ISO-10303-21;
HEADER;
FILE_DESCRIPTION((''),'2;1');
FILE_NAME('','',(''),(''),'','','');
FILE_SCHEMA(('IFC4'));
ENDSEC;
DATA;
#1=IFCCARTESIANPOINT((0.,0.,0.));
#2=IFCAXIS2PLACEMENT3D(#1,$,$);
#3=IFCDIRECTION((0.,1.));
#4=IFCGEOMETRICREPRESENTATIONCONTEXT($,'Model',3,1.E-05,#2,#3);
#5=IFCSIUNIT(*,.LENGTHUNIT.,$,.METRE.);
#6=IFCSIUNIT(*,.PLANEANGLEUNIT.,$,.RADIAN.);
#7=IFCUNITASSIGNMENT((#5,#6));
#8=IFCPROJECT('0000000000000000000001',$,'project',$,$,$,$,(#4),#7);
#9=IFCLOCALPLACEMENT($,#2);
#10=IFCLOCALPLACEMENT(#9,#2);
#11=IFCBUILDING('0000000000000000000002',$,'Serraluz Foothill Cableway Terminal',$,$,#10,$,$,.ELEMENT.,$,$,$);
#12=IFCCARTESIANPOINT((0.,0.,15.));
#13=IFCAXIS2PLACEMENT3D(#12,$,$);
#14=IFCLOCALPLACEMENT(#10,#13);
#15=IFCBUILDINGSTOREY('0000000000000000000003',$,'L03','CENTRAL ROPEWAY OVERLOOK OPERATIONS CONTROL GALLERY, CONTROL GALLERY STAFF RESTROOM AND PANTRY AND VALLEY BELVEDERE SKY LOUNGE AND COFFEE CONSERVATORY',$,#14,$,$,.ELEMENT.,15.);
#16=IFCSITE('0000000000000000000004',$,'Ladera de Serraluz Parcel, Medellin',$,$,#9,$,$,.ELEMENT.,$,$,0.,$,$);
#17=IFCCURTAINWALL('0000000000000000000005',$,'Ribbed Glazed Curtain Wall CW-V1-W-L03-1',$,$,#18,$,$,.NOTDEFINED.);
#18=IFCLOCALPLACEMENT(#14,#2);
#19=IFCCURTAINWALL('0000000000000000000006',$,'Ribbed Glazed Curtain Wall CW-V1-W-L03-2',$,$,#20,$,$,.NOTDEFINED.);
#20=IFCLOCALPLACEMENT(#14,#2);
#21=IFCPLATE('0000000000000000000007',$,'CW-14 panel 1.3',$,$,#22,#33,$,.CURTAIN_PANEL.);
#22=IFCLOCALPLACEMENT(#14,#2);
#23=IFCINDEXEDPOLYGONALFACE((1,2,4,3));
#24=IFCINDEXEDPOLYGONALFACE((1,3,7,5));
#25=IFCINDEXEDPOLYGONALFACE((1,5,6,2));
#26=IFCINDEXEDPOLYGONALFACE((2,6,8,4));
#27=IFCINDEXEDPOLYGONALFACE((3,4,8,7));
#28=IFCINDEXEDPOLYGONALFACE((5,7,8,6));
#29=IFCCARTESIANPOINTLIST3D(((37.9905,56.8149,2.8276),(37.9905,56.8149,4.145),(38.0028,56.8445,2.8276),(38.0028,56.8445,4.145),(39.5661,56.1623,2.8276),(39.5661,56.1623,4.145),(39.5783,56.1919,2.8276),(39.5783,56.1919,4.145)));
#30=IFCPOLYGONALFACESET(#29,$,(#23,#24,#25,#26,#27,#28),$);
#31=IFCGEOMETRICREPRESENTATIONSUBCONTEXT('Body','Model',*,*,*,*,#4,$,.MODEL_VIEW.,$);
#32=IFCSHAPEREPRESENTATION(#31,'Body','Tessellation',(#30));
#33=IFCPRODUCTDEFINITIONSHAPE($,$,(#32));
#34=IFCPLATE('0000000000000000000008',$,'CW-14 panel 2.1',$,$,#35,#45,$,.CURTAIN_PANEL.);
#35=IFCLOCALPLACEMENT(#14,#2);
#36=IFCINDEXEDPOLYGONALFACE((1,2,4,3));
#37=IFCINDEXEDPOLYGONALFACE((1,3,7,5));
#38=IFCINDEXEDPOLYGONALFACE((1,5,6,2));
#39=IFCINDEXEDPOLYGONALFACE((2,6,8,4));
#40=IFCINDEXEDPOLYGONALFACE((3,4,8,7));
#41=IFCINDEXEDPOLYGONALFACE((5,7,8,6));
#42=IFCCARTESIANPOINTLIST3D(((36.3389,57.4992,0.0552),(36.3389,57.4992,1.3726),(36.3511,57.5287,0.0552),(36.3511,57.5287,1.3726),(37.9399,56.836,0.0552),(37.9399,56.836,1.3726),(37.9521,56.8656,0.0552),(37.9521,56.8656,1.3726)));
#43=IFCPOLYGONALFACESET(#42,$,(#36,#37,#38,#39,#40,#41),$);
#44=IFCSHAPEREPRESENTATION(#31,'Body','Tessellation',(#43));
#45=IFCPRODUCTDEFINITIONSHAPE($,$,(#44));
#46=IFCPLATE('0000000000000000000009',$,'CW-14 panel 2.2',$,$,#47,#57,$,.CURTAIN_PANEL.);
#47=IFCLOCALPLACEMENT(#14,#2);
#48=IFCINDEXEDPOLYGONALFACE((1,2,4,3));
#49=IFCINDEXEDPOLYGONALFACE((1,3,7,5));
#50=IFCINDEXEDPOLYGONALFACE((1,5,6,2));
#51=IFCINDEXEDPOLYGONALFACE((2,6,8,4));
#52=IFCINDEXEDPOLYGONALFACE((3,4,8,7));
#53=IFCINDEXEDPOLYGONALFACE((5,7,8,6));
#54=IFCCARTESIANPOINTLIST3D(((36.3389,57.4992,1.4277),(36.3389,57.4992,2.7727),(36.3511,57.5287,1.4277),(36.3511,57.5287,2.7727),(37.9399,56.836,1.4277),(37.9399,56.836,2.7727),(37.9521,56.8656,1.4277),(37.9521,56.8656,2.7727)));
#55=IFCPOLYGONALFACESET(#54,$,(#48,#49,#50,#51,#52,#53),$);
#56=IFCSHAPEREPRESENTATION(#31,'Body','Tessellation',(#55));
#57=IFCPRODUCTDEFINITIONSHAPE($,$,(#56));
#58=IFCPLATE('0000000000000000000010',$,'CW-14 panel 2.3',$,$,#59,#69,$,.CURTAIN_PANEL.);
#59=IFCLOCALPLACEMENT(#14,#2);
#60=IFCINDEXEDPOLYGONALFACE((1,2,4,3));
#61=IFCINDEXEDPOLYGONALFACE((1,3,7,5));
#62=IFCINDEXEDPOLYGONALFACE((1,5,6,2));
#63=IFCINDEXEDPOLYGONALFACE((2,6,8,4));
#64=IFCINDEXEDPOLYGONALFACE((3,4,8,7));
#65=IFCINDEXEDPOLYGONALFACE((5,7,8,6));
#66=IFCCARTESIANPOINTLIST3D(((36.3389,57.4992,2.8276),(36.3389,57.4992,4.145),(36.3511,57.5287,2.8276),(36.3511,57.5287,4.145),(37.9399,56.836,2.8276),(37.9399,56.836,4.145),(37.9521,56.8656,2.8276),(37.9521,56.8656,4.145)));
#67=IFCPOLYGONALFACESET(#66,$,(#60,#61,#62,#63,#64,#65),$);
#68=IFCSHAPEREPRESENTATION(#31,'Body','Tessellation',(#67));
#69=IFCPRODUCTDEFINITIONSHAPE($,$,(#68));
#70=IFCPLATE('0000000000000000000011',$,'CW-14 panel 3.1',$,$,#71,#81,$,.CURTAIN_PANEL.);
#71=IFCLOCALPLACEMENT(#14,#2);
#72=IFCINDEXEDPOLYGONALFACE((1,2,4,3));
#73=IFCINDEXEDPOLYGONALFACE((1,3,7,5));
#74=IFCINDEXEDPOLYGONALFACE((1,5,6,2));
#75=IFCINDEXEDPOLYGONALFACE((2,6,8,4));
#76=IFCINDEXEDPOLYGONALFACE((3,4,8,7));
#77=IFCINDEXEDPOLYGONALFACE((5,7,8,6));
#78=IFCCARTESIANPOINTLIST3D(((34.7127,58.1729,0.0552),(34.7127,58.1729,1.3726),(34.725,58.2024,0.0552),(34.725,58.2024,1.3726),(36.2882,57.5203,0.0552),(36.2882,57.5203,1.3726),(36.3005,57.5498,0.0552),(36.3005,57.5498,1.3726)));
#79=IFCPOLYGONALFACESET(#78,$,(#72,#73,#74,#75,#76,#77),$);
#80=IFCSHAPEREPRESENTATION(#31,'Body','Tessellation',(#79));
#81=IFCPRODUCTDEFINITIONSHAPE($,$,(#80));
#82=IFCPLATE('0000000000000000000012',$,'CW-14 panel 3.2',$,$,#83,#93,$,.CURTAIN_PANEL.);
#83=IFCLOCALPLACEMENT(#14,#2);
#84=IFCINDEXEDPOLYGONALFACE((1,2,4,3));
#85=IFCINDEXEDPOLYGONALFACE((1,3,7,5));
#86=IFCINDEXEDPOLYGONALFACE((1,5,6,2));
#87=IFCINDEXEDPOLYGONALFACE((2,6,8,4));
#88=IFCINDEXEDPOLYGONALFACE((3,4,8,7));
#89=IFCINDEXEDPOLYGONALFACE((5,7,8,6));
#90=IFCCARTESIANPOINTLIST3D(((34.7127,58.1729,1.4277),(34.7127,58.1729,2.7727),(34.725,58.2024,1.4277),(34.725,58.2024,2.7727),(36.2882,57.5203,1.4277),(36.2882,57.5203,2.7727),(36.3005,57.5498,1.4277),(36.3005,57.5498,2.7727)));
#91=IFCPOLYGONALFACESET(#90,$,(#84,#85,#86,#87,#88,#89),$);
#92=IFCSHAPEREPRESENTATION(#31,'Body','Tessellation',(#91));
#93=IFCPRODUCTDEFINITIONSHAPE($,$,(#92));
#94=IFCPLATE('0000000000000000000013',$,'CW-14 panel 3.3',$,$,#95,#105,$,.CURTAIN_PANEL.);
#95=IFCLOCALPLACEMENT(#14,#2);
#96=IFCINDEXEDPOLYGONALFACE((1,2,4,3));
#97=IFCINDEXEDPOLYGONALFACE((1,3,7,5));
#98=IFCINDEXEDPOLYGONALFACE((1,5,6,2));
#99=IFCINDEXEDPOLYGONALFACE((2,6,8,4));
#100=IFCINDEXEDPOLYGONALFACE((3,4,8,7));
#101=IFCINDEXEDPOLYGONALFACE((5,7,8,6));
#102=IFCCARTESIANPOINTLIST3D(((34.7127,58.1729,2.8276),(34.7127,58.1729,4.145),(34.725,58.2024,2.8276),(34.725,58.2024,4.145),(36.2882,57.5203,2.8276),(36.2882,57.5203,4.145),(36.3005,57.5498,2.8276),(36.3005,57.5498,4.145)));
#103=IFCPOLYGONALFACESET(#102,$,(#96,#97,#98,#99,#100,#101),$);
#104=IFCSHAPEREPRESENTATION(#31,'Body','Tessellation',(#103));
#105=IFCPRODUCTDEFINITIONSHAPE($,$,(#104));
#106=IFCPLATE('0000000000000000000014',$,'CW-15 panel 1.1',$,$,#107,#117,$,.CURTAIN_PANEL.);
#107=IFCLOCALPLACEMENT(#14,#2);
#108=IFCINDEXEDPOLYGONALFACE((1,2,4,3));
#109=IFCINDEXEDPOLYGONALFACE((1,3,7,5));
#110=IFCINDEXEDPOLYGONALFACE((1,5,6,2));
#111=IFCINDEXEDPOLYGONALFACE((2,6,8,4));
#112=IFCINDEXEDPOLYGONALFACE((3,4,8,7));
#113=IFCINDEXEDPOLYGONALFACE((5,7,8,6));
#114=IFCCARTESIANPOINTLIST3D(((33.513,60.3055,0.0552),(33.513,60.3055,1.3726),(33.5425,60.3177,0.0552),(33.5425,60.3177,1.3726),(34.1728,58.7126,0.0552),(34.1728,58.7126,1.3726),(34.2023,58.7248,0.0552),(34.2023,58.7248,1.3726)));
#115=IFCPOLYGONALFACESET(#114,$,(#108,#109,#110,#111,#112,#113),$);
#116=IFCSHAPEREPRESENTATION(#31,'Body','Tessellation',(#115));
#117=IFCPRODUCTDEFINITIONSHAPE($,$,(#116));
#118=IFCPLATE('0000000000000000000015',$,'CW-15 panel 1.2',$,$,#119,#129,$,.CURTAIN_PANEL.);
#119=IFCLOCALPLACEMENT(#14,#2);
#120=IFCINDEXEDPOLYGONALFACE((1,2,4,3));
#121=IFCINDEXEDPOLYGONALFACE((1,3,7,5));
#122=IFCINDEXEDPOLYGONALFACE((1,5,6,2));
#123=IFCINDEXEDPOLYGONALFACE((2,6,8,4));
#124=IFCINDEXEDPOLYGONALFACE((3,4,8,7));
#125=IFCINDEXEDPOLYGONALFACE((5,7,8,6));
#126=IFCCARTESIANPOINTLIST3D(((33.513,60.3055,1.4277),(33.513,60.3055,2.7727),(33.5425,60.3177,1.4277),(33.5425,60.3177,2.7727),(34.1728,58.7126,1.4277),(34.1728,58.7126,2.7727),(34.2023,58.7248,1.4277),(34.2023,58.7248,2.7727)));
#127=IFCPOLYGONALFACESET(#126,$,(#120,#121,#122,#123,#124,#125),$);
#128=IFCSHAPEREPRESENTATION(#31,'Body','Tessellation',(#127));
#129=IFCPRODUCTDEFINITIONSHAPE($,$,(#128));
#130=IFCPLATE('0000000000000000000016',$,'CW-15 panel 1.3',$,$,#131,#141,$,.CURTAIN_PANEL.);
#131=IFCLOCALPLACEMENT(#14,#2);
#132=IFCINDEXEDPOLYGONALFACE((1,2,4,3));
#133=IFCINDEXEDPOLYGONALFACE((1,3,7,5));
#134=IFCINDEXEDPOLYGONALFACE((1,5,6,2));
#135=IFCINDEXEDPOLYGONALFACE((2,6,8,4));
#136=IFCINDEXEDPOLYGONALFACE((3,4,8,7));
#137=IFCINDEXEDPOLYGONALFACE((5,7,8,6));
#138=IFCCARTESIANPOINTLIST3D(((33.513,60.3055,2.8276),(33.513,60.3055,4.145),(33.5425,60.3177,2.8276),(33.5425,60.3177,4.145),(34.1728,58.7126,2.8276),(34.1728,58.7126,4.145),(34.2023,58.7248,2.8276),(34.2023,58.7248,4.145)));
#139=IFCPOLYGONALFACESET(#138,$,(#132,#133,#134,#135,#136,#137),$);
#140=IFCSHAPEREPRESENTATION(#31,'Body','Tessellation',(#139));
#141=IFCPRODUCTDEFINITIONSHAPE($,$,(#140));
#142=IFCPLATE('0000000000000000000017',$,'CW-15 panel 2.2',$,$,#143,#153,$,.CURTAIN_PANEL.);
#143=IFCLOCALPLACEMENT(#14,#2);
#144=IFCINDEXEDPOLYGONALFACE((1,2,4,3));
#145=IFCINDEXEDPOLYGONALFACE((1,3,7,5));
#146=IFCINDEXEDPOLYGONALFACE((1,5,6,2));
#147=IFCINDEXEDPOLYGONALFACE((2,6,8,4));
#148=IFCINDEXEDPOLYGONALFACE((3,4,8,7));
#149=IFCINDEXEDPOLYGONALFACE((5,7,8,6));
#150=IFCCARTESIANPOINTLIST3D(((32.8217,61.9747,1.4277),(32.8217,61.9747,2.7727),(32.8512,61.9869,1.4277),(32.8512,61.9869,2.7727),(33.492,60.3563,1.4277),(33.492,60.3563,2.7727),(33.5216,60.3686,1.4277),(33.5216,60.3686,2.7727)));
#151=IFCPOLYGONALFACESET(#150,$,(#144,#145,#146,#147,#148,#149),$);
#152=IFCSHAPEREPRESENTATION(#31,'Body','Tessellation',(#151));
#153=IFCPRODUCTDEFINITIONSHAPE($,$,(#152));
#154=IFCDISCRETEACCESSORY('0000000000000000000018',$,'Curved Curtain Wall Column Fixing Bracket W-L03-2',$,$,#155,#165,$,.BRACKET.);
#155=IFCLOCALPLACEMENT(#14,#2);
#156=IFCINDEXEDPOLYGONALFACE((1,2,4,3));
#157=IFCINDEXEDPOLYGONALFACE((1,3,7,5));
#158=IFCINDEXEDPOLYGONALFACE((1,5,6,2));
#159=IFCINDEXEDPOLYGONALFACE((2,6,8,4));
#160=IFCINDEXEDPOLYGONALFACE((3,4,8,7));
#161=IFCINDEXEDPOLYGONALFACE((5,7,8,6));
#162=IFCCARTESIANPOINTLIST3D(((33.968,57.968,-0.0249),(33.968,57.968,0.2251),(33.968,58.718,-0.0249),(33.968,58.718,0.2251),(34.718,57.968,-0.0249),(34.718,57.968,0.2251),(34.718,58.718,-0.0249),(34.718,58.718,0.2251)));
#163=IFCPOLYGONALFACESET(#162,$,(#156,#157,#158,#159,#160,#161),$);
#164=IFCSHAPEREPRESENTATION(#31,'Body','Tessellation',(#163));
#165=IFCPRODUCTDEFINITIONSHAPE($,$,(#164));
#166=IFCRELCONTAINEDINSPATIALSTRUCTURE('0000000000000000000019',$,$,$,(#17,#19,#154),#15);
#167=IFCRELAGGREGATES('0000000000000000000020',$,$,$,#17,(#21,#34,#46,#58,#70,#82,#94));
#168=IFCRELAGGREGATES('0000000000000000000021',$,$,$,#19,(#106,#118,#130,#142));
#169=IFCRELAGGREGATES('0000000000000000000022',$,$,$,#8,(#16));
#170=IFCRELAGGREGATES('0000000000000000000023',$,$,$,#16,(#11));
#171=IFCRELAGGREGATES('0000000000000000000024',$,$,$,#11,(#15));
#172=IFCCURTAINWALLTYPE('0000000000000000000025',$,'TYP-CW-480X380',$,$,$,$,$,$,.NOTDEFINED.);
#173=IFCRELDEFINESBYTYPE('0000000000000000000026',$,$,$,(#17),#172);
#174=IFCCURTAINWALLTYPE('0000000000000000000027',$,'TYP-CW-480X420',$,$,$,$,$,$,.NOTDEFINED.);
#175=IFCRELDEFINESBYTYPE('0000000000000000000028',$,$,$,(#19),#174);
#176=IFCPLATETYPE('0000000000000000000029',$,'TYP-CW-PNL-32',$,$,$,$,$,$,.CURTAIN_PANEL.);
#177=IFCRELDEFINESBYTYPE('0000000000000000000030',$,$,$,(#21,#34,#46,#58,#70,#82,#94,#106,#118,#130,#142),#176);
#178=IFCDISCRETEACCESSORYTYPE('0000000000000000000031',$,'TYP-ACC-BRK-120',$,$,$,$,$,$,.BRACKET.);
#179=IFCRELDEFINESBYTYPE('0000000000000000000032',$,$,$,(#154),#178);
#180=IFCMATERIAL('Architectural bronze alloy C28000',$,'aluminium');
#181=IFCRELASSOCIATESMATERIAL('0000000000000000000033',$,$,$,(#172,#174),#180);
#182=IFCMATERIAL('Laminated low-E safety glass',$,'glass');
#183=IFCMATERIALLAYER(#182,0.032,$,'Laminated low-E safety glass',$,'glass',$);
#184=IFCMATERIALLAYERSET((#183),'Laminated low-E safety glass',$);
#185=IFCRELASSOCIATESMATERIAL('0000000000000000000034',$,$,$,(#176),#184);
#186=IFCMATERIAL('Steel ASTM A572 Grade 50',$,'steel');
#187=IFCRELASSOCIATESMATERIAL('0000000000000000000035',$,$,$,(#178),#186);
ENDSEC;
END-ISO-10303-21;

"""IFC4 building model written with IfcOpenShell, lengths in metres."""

from ifc_helpers import new_model, si_unit, direction, frame, origin, origin_2d, place, context, subcontext, project, spatial, rectangle, extrude, material, layer, layer_set, type_object, element, aggregate, save


model = new_model("IFC4")

# Units and contexts
model_context = context("Model", 3, precision=1e-05, world=origin(), true_north=direction((0.0, 1.0)))
body_context = subcontext(model_context, "Body", "Model", "MODEL_VIEW")
ifc_project = project(units=[si_unit("LENGTHUNIT", "METRE"), si_unit("PLANEANGLEUNIT", "RADIAN")], contexts=[model_context])

# Site, building, storey
site_placement = place(None, origin())
site = spatial("IfcSite", under=ifc_project, at=site_placement, Name="Ladera de Serraluz Parcel, Medellin", CompositionType="ELEMENT", RefElevation=0.0)
building_placement = place(site_placement, origin())
building = spatial("IfcBuilding", under=site, at=building_placement, Name="Serraluz Foothill Cableway Terminal", CompositionType="ELEMENT")
storey_placement = place(building_placement, frame((0.0, 0.0, 15.0)))
storey = spatial("IfcBuildingStorey", under=building, at=storey_placement, Name="L03", Description="CENTRAL ROPEWAY OVERLOOK OPERATIONS CONTROL GALLERY, CONTROL GALLERY STAFF RESTROOM AND PANTRY AND VALLEY BELVEDERE SKY LOUNGE AND COFFEE CONSERVATORY", CompositionType="ELEMENT", Elevation=15.0)

# Shared definitions
ifc_material_1 = material(Name="Steel ASTM A572 Grade 50", Category="steel")

# Curtain walls
ifc_material_2 = material(Name="Architectural bronze alloy C28000", Category="aluminium")
curtain_wall_type_1 = type_object("IfcCurtainWallType", Name="TYP-CW-480X380", PredefinedType="NOTDEFINED", material=ifc_material_2)
curtain_wall_1_placement = place(storey_placement, origin())
curtain_wall_1 = element("IfcCurtainWall", 1, at=curtain_wall_1_placement, inside=storey, type_object=curtain_wall_type_1, Name="Ribbed Glazed Curtain Wall CW-V1-W-L03-1", PredefinedType="NOTDEFINED")
curtain_wall_type_2 = type_object("IfcCurtainWallType", Name="TYP-CW-480X420", PredefinedType="NOTDEFINED", material=ifc_material_2)
curtain_wall_2_placement = place(storey_placement, origin())
curtain_wall_2 = element("IfcCurtainWall", 2, at=curtain_wall_2_placement, inside=storey, type_object=curtain_wall_type_2, Name="Ribbed Glazed Curtain Wall CW-V1-W-L03-2", PredefinedType="NOTDEFINED")

# Plates
ifc_material_3 = material(Name="Laminated low-E safety glass", Category="glass")
ifc_layer = layer(ifc_material_3, 0.032, Name="Laminated low-E safety glass", Category="glass")
ifc_layer_set = layer_set([ifc_layer], Name="Laminated low-E safety glass")
plate_type = type_object("IfcPlateType", Name="TYP-CW-PNL-32", PredefinedType="CURTAIN_PANEL", material=ifc_layer_set)
plate_1_placement = place(storey_placement, frame((38.7844, 56.5034, 2.8276), z_axis=(0.0, 0.0, 1.0), x_axis=(-0.92388, 0.382682, 0.0)))
plate_1 = element("IfcPlate", 3, at=plate_1_placement, type_object=plate_type, Name="CW-14 panel 1.3", PredefinedType="CURTAIN_PANEL", context=body_context, shape_type="SweptSolid", body=[
    extrude(rectangle(XDim=1.7053, YDim=0.032, at=origin_2d()), origin(), (0.0, 0.0, 1.0), 1.3174),
])
plate_2_placement = place(storey_placement, frame((37.1455, 57.1824, 0.0552), z_axis=(0.0, 0.0, 1.0), x_axis=(-0.92388, 0.382682, 0.0)))
plate_2 = element("IfcPlate", 4, at=plate_2_placement, type_object=plate_type, Name="CW-14 panel 2.1", PredefinedType="CURTAIN_PANEL", context=body_context, shape_type="SweptSolid", body=[
    extrude(rectangle(XDim=1.7329, YDim=0.032, at=origin_2d()), origin(), (0.0, 0.0, 1.0), 1.3174),
])
plate_3_placement = place(storey_placement, frame((37.1455, 57.1824, 1.4277), z_axis=(0.0, 0.0, 1.0), x_axis=(-0.92388, 0.382682, 0.0)))
plate_3 = element("IfcPlate", 5, at=plate_3_placement, type_object=plate_type, Name="CW-14 panel 2.2", PredefinedType="CURTAIN_PANEL", context=body_context, shape_type="SweptSolid", body=[
    extrude(rectangle(XDim=1.7329, YDim=0.032, at=origin_2d()), origin(), (0.0, 0.0, 1.0), 1.345),
])
plate_4_placement = place(storey_placement, frame((37.1455, 57.1824, 2.8276), z_axis=(0.0, 0.0, 1.0), x_axis=(-0.92388, 0.382682, 0.0)))
plate_4 = element("IfcPlate", 6, at=plate_4_placement, type_object=plate_type, Name="CW-14 panel 2.3", PredefinedType="CURTAIN_PANEL", context=body_context, shape_type="SweptSolid", body=[
    extrude(rectangle(XDim=1.7329, YDim=0.032, at=origin_2d()), origin(), (0.0, 0.0, 1.0), 1.3174),
])
plate_5_placement = place(storey_placement, frame((35.5066, 57.8613, 0.0552), z_axis=(0.0, 0.0, 1.0), x_axis=(-0.92388, 0.382682, 0.0)))
plate_5 = element("IfcPlate", 7, at=plate_5_placement, type_object=plate_type, Name="CW-14 panel 3.1", PredefinedType="CURTAIN_PANEL", context=body_context, shape_type="SweptSolid", body=[
    extrude(rectangle(XDim=1.7053, YDim=0.032, at=origin_2d()), origin(), (0.0, 0.0, 1.0), 1.3174),
])
plate_6_placement = place(storey_placement, frame((35.5066, 57.8613, 1.4277), z_axis=(0.0, 0.0, 1.0), x_axis=(-0.92388, 0.382682, 0.0)))
plate_6 = element("IfcPlate", 8, at=plate_6_placement, type_object=plate_type, Name="CW-14 panel 3.2", PredefinedType="CURTAIN_PANEL", context=body_context, shape_type="SweptSolid", body=[
    extrude(rectangle(XDim=1.7053, YDim=0.032, at=origin_2d()), origin(), (0.0, 0.0, 1.0), 1.345),
])
plate_7_placement = place(storey_placement, frame((35.5066, 57.8613, 2.8276), z_axis=(0.0, 0.0, 1.0), x_axis=(-0.92388, 0.382682, 0.0)))
plate_7 = element("IfcPlate", 9, at=plate_7_placement, type_object=plate_type, Name="CW-14 panel 3.3", PredefinedType="CURTAIN_PANEL", context=body_context, shape_type="SweptSolid", body=[
    extrude(rectangle(XDim=1.7053, YDim=0.032, at=origin_2d()), origin(), (0.0, 0.0, 1.0), 1.3174),
])
aggregate(curtain_wall_1, [plate_1, plate_2, plate_3, plate_4, plate_5, plate_6, plate_7])
plate_8_placement = place(storey_placement, frame((33.8577, 59.5151, 0.0552), z_axis=(0.0, 0.0, 1.0), x_axis=(-0.382685, 0.923879, 0.0)))
plate_8 = element("IfcPlate", 10, at=plate_8_placement, type_object=plate_type, Name="CW-15 panel 1.1", PredefinedType="CURTAIN_PANEL", context=body_context, shape_type="SweptSolid", body=[
    extrude(rectangle(XDim=1.7241, YDim=0.032, at=origin_2d()), origin(), (0.0, 0.0, 1.0), 1.3174),
])
plate_9_placement = place(storey_placement, frame((33.8577, 59.5151, 1.4277), z_axis=(0.0, 0.0, 1.0), x_axis=(-0.382685, 0.923879, 0.0)))
plate_9 = element("IfcPlate", 11, at=plate_9_placement, type_object=plate_type, Name="CW-15 panel 1.2", PredefinedType="CURTAIN_PANEL", context=body_context, shape_type="SweptSolid", body=[
    extrude(rectangle(XDim=1.7241, YDim=0.032, at=origin_2d()), origin(), (0.0, 0.0, 1.0), 1.345),
])
plate_10_placement = place(storey_placement, frame((33.8577, 59.5151, 2.8276), z_axis=(0.0, 0.0, 1.0), x_axis=(-0.382685, 0.923879, 0.0)))
plate_10 = element("IfcPlate", 12, at=plate_10_placement, type_object=plate_type, Name="CW-15 panel 1.3", PredefinedType="CURTAIN_PANEL", context=body_context, shape_type="SweptSolid", body=[
    extrude(rectangle(XDim=1.7241, YDim=0.032, at=origin_2d()), origin(), (0.0, 0.0, 1.0), 1.3174),
])
plate_11_placement = place(storey_placement, frame((33.1716, 61.1716, 1.4277), z_axis=(0.0, 0.0, 1.0), x_axis=(-0.382685, 0.923879, 0.0)))
plate_11 = element("IfcPlate", 13, at=plate_11_placement, type_object=plate_type, Name="CW-15 panel 2.2", PredefinedType="CURTAIN_PANEL", context=body_context, shape_type="SweptSolid", body=[
    extrude(rectangle(XDim=1.7517, YDim=0.032, at=origin_2d()), origin(), (0.0, 0.0, 1.0), 1.345),
])
aggregate(curtain_wall_2, [plate_8, plate_9, plate_10, plate_11])

# Discrete accessory
discrete_accessory_type = type_object("IfcDiscreteAccessoryType", Name="TYP-ACC-BRK-120", PredefinedType="BRACKET", material=ifc_material_1)
discrete_accessory_placement = place(storey_placement, frame((34.343, 58.343, -0.0249), z_axis=(0.0, 0.0, 1.0), x_axis=(1.0, 0.0, 0.0)))
element("IfcDiscreteAccessory", 14, at=discrete_accessory_placement, inside=storey, type_object=discrete_accessory_type, Name="Curved Curtain Wall Column Fixing Bracket W-L03-2", PredefinedType="BRACKET", context=body_context, shape_type="SweptSolid", body=[
    extrude(rectangle(XDim=0.75, YDim=0.75, at=origin_2d()), origin(), (0.0, 0.0, 1.0), 0.25),
])

save(model, "model.ifc")
